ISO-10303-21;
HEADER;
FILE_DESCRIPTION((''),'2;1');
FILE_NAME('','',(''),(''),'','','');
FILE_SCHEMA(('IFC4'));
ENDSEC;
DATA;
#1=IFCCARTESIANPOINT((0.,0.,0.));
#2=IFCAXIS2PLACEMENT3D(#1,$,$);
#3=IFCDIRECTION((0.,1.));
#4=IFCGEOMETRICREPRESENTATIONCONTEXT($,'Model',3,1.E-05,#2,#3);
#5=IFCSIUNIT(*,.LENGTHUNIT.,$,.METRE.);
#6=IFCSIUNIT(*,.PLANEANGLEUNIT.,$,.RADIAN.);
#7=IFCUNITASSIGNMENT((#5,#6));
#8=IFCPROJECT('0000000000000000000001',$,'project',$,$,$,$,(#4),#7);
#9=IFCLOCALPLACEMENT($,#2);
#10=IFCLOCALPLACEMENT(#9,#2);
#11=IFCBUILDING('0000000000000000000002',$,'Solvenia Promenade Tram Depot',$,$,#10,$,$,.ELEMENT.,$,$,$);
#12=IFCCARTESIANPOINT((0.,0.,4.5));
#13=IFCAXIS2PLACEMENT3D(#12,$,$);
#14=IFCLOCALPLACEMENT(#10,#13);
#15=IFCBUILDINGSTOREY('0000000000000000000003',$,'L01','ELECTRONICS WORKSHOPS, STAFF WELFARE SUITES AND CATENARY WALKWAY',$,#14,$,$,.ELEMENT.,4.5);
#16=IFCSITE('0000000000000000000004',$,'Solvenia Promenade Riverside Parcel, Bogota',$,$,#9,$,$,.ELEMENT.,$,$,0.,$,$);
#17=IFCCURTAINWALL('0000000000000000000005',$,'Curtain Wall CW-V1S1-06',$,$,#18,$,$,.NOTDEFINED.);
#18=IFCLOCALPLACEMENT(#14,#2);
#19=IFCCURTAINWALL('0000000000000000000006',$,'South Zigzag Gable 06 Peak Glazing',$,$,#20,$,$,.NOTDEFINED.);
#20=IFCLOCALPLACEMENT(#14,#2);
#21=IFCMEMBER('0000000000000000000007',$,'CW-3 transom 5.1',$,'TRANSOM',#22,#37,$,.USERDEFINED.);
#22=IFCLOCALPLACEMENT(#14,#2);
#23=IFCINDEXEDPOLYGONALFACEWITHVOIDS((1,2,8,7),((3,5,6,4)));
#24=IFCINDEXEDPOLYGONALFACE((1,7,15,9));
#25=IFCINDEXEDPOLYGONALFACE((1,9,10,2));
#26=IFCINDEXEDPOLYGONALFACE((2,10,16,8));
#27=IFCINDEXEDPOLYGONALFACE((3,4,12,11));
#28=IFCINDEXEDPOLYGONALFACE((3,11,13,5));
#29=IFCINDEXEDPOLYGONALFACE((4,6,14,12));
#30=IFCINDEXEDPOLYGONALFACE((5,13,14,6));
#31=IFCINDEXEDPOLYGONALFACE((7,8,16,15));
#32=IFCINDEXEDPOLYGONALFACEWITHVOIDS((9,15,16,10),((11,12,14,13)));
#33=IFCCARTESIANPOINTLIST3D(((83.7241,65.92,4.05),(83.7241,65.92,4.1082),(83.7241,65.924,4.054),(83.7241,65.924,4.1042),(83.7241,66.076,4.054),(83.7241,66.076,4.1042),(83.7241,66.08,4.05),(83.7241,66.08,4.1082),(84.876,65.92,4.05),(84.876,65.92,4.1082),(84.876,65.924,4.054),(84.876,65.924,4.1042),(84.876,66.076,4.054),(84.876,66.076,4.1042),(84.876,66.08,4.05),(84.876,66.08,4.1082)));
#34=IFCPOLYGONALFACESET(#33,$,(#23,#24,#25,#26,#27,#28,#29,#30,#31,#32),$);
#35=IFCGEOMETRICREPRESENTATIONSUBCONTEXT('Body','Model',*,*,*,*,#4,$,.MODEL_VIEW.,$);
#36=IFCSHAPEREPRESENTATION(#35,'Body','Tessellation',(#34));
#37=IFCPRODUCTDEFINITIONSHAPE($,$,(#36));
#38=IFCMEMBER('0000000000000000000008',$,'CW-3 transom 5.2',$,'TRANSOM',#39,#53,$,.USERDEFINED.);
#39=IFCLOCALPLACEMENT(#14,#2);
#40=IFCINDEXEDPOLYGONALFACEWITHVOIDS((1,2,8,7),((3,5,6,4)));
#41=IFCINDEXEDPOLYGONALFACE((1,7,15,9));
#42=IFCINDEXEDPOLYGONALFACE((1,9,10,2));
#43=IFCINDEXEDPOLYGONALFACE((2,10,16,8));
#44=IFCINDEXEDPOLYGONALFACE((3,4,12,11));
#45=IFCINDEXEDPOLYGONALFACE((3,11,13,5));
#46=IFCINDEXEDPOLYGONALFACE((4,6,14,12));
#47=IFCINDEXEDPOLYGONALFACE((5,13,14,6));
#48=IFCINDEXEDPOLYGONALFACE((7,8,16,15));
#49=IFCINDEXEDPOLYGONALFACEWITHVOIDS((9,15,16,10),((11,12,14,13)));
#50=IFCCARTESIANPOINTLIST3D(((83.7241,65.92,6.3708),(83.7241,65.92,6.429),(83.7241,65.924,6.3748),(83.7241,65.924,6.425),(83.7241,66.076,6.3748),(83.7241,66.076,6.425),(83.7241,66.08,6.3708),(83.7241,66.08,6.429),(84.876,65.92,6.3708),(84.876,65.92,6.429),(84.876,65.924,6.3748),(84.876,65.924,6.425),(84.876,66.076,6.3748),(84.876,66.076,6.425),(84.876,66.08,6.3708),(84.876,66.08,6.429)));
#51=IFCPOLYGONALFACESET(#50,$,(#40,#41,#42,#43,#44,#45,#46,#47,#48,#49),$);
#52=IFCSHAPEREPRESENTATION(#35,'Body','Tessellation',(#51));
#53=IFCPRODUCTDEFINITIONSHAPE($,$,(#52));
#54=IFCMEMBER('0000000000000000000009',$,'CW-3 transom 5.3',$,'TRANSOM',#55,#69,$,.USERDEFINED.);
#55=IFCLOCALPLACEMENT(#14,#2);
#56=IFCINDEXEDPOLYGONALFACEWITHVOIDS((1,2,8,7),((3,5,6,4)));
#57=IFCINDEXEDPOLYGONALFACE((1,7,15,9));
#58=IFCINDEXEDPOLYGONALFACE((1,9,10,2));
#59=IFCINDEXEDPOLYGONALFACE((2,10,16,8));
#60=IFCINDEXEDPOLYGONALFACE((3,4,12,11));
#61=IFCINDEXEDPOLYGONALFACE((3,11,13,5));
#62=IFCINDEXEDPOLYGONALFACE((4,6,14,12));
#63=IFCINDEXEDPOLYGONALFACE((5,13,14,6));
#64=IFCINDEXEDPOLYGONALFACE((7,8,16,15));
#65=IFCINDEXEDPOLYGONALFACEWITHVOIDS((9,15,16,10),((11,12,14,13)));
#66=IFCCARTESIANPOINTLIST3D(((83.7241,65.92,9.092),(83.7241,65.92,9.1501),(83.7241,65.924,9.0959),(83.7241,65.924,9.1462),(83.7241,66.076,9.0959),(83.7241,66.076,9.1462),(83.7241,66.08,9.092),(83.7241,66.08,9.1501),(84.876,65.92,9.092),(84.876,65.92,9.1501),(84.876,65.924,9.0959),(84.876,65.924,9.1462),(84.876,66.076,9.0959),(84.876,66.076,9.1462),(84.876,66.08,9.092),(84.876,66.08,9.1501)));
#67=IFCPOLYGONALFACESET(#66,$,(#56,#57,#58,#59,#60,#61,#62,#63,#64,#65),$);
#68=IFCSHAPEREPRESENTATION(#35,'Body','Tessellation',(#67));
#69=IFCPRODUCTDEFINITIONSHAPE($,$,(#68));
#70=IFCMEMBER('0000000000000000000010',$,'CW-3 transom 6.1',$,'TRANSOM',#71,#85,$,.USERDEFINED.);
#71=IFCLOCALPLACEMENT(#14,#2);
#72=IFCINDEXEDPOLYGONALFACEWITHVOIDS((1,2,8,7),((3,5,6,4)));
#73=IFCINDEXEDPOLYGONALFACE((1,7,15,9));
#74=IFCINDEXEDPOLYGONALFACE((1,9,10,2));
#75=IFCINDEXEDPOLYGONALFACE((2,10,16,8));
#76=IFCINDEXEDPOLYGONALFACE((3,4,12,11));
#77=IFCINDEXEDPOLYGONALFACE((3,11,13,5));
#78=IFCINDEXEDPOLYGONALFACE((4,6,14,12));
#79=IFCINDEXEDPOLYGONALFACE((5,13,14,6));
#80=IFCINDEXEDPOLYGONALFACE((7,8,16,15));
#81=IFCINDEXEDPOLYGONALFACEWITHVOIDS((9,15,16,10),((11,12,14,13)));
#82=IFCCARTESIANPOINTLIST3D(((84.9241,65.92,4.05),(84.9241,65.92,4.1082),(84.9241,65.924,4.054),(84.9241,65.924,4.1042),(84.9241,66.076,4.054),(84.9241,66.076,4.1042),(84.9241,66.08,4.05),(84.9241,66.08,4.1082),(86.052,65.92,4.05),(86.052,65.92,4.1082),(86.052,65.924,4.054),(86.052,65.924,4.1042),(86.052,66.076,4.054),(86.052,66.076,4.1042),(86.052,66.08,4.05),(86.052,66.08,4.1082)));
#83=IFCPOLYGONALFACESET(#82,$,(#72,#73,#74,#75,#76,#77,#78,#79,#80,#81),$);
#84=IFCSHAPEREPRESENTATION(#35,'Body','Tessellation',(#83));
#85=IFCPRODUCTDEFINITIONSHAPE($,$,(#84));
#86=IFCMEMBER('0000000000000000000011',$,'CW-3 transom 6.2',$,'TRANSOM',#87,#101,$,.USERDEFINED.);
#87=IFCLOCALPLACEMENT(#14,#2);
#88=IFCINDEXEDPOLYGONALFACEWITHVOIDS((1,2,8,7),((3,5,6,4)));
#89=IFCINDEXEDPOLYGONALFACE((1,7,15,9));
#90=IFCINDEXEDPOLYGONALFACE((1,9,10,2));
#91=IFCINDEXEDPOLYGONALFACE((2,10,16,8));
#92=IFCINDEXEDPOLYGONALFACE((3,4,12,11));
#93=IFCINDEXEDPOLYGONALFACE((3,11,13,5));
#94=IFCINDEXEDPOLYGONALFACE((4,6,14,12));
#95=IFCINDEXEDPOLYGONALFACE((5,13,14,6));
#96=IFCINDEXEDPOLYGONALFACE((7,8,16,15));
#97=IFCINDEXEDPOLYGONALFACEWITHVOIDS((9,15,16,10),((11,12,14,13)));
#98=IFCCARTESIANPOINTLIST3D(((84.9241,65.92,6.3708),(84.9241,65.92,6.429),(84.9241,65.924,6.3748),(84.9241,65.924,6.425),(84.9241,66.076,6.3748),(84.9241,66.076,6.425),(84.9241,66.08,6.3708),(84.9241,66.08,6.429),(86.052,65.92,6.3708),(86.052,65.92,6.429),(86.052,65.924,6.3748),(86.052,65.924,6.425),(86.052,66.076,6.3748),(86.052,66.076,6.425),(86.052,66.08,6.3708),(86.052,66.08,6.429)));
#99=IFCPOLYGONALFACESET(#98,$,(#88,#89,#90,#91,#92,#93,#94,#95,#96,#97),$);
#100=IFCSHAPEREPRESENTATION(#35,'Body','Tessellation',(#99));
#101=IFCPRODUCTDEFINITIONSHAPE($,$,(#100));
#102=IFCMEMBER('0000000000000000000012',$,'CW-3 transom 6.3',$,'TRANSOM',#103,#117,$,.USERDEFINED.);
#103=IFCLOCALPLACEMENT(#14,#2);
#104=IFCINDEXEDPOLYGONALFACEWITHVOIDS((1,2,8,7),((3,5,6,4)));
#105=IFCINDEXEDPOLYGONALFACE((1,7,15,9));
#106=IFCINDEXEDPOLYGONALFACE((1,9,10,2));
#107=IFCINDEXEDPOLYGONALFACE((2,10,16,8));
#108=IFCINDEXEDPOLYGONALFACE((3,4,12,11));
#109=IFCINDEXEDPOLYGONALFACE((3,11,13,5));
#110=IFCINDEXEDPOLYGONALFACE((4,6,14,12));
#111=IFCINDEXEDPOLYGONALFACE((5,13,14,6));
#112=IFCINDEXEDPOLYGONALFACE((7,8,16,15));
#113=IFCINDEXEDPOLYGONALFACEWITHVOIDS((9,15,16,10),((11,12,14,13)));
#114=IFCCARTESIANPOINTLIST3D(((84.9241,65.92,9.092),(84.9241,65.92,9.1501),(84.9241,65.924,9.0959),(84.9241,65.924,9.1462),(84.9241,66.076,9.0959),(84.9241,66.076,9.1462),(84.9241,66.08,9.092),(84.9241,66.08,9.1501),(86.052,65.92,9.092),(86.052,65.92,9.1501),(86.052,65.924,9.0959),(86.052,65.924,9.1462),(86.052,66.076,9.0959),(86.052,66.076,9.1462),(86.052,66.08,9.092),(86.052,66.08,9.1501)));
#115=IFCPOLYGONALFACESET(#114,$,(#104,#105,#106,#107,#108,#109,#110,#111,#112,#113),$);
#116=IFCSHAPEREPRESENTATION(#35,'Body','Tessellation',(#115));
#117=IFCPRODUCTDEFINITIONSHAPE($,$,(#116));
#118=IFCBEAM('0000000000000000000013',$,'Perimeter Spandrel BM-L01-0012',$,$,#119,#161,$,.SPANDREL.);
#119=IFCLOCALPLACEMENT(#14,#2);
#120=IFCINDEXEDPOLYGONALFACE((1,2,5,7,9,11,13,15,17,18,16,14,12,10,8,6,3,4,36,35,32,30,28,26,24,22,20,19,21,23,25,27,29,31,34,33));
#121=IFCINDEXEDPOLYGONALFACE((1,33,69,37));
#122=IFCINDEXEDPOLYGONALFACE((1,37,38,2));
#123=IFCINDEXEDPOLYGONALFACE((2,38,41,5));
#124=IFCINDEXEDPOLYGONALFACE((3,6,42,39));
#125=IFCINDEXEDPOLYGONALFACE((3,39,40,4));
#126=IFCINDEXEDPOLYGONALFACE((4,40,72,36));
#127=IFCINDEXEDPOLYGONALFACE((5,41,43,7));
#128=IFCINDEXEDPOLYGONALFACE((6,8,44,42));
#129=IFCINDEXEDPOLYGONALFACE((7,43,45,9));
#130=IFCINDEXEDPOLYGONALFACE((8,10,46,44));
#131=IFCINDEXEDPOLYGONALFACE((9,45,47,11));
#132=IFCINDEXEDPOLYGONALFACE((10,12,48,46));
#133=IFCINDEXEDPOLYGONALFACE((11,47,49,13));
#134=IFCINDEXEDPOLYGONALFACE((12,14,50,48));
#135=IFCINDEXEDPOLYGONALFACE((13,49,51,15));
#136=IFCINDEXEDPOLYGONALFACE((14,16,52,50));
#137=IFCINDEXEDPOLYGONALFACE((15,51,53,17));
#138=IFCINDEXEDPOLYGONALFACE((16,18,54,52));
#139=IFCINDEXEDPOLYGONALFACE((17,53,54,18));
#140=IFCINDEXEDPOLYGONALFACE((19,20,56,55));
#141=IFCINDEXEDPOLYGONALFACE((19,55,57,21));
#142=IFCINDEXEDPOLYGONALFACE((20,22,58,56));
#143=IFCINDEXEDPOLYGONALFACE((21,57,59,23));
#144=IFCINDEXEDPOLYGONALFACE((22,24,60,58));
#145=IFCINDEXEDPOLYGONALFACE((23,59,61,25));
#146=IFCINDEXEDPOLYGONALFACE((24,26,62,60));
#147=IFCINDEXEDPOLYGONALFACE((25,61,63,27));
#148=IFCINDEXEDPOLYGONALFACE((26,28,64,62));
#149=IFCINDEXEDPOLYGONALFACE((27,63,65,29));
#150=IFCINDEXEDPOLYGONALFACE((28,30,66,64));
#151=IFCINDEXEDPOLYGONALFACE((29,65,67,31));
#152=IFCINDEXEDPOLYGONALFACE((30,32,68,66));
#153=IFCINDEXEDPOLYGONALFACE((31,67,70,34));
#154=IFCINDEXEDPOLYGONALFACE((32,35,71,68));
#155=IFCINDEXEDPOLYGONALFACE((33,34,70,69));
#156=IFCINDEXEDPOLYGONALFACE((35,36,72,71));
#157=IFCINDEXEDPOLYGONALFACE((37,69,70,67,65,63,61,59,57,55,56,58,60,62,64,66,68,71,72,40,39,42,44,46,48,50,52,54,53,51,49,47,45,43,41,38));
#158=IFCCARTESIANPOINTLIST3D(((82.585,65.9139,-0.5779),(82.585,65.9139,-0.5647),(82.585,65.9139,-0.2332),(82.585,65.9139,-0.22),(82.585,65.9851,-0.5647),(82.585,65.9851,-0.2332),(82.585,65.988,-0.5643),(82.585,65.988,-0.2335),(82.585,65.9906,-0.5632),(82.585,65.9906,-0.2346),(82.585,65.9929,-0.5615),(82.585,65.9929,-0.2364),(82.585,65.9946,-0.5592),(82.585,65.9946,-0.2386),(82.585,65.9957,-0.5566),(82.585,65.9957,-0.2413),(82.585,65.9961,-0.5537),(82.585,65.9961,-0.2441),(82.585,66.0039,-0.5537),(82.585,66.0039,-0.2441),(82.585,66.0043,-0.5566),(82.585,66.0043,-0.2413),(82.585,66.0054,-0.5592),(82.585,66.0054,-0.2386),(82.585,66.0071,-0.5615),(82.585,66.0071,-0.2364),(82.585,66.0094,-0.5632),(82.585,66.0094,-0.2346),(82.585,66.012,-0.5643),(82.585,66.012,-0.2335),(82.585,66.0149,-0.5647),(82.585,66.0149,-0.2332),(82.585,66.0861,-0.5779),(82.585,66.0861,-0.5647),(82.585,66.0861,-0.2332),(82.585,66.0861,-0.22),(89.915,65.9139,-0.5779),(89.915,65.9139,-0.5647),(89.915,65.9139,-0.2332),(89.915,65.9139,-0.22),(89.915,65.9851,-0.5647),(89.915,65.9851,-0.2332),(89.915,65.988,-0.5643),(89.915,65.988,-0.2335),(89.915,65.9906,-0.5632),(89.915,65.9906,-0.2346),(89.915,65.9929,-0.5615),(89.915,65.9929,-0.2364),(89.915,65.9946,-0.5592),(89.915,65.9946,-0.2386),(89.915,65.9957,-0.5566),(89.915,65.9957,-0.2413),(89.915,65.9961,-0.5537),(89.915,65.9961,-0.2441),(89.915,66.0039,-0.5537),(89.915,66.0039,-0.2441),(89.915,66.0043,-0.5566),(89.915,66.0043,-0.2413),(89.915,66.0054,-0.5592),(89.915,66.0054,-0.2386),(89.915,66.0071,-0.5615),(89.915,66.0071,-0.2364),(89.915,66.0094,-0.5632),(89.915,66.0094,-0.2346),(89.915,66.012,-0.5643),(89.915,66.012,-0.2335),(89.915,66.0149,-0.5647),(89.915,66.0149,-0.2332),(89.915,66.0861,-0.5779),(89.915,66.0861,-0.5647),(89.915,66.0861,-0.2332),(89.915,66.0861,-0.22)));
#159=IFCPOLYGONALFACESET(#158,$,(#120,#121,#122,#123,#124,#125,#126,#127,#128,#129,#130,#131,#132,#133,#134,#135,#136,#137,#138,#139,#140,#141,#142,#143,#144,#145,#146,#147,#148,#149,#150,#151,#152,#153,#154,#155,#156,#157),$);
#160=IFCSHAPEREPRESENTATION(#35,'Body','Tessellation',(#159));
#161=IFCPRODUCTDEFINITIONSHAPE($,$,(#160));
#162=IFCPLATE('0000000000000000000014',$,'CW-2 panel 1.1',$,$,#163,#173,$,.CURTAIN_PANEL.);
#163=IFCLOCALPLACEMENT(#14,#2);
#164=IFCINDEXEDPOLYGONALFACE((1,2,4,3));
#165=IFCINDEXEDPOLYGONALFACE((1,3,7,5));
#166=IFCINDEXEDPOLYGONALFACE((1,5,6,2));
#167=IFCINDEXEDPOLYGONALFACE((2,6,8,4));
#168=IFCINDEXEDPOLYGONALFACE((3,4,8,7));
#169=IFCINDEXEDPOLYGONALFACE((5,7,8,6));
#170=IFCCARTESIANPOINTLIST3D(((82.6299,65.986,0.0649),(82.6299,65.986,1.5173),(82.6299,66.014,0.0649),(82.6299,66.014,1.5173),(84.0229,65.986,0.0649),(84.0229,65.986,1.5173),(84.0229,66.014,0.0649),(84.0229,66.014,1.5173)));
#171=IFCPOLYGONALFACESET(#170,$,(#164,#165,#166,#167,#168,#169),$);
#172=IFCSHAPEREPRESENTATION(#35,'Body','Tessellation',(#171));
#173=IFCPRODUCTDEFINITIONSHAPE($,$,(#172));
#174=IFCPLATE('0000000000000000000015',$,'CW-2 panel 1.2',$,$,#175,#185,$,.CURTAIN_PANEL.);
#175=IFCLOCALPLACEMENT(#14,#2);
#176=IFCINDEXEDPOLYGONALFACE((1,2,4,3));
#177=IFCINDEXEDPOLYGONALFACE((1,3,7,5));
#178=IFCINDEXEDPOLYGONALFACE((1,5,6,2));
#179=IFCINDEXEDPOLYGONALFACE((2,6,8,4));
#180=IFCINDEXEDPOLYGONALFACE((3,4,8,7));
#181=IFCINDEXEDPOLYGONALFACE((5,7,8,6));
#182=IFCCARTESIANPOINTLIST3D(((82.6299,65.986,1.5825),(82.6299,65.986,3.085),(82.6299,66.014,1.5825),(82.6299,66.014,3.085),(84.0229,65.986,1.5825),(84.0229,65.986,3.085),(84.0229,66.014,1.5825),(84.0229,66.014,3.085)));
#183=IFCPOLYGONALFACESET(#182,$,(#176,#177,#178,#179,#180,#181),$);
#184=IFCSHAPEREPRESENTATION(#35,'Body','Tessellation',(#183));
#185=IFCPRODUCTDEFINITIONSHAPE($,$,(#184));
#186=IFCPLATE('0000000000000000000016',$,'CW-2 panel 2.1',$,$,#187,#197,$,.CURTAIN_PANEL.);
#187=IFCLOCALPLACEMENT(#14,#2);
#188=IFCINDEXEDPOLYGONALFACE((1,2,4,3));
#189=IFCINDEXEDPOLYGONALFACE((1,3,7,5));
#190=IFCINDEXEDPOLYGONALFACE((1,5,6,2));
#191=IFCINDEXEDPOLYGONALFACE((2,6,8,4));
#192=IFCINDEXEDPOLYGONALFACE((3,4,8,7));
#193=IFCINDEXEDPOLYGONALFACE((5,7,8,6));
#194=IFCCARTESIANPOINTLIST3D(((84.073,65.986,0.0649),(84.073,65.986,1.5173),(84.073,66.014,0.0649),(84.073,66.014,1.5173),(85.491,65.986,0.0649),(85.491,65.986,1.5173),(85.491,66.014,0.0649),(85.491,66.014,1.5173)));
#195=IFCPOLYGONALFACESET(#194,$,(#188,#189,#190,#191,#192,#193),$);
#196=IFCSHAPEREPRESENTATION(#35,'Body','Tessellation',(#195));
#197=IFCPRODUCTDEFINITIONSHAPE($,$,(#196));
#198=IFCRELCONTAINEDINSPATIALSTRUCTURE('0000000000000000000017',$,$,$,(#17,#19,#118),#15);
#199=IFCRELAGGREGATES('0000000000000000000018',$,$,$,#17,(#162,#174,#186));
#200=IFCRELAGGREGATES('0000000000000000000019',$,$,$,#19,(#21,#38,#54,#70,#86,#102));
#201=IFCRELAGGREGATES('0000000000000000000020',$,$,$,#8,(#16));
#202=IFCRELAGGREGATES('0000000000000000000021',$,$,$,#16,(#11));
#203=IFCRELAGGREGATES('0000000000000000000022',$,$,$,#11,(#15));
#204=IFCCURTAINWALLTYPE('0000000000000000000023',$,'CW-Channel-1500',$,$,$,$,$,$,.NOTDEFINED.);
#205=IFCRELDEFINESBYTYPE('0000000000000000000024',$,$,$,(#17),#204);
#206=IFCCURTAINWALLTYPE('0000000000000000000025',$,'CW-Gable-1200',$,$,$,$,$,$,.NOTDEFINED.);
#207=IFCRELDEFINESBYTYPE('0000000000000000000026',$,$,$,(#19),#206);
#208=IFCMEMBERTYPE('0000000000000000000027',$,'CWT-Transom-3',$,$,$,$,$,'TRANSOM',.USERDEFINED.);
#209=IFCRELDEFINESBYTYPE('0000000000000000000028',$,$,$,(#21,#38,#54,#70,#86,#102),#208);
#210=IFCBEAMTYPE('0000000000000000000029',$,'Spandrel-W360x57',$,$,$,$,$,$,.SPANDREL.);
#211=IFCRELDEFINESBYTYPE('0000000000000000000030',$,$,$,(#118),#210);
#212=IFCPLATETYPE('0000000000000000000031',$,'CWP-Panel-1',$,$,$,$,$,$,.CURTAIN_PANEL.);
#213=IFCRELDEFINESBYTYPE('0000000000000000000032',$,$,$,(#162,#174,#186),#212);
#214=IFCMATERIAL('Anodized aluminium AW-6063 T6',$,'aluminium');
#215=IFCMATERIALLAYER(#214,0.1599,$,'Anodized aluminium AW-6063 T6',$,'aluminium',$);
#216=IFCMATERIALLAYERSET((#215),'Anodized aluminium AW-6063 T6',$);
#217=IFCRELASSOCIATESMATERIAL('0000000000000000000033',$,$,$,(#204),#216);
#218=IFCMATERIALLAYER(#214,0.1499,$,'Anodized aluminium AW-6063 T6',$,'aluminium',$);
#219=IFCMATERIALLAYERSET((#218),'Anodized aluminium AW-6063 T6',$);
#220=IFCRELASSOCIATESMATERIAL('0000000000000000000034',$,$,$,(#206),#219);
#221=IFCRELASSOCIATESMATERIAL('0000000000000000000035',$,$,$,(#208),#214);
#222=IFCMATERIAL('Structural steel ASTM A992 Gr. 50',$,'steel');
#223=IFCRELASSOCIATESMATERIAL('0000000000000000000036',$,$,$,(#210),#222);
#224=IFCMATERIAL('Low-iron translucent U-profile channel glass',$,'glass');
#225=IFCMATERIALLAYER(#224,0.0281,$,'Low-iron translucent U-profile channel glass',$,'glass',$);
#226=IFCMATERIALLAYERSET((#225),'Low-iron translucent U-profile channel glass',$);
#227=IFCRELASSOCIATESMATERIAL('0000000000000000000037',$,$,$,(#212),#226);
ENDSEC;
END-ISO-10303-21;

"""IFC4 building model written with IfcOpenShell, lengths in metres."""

from ifc_helpers import new_model, si_unit, direction, frame, origin, origin_2d, place, context, subcontext, project, spatial, rectangle, hollow_rectangle, i_section, extrude, material, layer, layer_set, material_profile, profile_set, type_object, element, aggregate, save


model = new_model("IFC4")

# Units and contexts
model_context = context("Model", 3, precision=1e-05, world=origin(), true_north=direction((0.0, 1.0)))
body_context = subcontext(model_context, "Body", "Model", "MODEL_VIEW")
ifc_project = project(units=[si_unit("LENGTHUNIT", "METRE"), si_unit("PLANEANGLEUNIT", "RADIAN")], contexts=[model_context])

# Site, building, storey
site_placement = place(None, origin())
site = spatial("IfcSite", under=ifc_project, at=site_placement, Name="Solvenia Promenade Riverside Parcel, Bogota", CompositionType="ELEMENT", RefElevation=0.0)
building_placement = place(site_placement, origin())
building = spatial("IfcBuilding", under=site, at=building_placement, Name="Solvenia Promenade Tram Depot", CompositionType="ELEMENT")
storey_placement = place(building_placement, frame((0.0, 0.0, 4.5)))
storey = spatial("IfcBuildingStorey", under=building, at=storey_placement, Name="L01", Description="ELECTRONICS WORKSHOPS, STAFF WELFARE SUITES AND CATENARY WALKWAY", CompositionType="ELEMENT", Elevation=4.5)

# Curtain walls
ifc_material_1 = material(Name="Anodized aluminium AW-6063 T6", Category="aluminium")
ifc_layer_1 = layer(ifc_material_1, 0.1599, Name="Anodized aluminium AW-6063 T6", Category="aluminium")
ifc_layer_set_1 = layer_set([ifc_layer_1], Name="Anodized aluminium AW-6063 T6")
curtain_wall_type_1 = type_object("IfcCurtainWallType", Name="CW-Channel-1500", PredefinedType="NOTDEFINED", material=ifc_layer_set_1)
curtain_wall_1_placement = place(storey_placement, origin())
curtain_wall_1 = element("IfcCurtainWall", 1, at=curtain_wall_1_placement, inside=storey, type_object=curtain_wall_type_1, Name="Curtain Wall CW-V1S1-06", PredefinedType="NOTDEFINED")
ifc_layer_2 = layer(ifc_material_1, 0.1499, Name="Anodized aluminium AW-6063 T6", Category="aluminium")
ifc_layer_set_2 = layer_set([ifc_layer_2], Name="Anodized aluminium AW-6063 T6")
curtain_wall_type_2 = type_object("IfcCurtainWallType", Name="CW-Gable-1200", PredefinedType="NOTDEFINED", material=ifc_layer_set_2)
curtain_wall_2_placement = place(storey_placement, origin())
curtain_wall_2 = element("IfcCurtainWall", 2, at=curtain_wall_2_placement, inside=storey, type_object=curtain_wall_type_2, Name="South Zigzag Gable 06 Peak Glazing", PredefinedType="NOTDEFINED")

# Members
ifc_material_profile_1 = material_profile(ifc_material_1, hollow_rectangle(XDim=0.1599, YDim=0.0581, WallThickness=0.0039, at=origin_2d()), Name="ALU-T3", Category="aluminium")
ifc_profile_set_1 = profile_set([ifc_material_profile_1], Name="Anodized aluminium AW-6063 T6")
member_type_1 = type_object("IfcMemberType", Name="CWT-Transom-3", ElementType="TRANSOM", PredefinedType="USERDEFINED", material=ifc_profile_set_1)
member_1_placement = place(storey_placement, frame((83.7241, 66.0, 4.0791), z_axis=(1.0, 0.0, 0.0), x_axis=(0.0, 1.0, 0.0)))
member_1 = element("IfcMember", 3, at=member_1_placement, type_object=member_type_1, Name="CW-3 transom 5.1", ObjectType="TRANSOM", PredefinedType="USERDEFINED", context=body_context, shape_type="SweptSolid", body=[
    extrude(hollow_rectangle(XDim=0.1599, YDim=0.0581, WallThickness=0.0039, at=origin_2d()), origin(), (0.0, 0.0, 1.0), 1.1519),
])
member_2_placement = place(storey_placement, frame((83.7241, 66.0, 6.3999), z_axis=(1.0, 0.0, 0.0), x_axis=(0.0, 1.0, 0.0)))
member_2 = element("IfcMember", 4, at=member_2_placement, type_object=member_type_1, Name="CW-3 transom 5.2", ObjectType="TRANSOM", PredefinedType="USERDEFINED", context=body_context, shape_type="SweptSolid", body=[
    extrude(hollow_rectangle(XDim=0.1599, YDim=0.0581, WallThickness=0.0039, at=origin_2d()), origin(), (0.0, 0.0, 1.0), 1.1519),
])
member_3_placement = place(storey_placement, frame((83.7241, 66.0, 9.1211), z_axis=(1.0, 0.0, 0.0), x_axis=(0.0, 1.0, 0.0)))
member_3 = element("IfcMember", 5, at=member_3_placement, type_object=member_type_1, Name="CW-3 transom 5.3", ObjectType="TRANSOM", PredefinedType="USERDEFINED", context=body_context, shape_type="SweptSolid", body=[
    extrude(hollow_rectangle(XDim=0.1599, YDim=0.0581, WallThickness=0.0039, at=origin_2d()), origin(), (0.0, 0.0, 1.0), 1.1519),
])
member_4_placement = place(storey_placement, frame((84.9241, 66.0, 4.0791), z_axis=(1.0, 0.0, 0.0), x_axis=(0.0, 1.0, 0.0)))
member_4 = element("IfcMember", 6, at=member_4_placement, type_object=member_type_1, Name="CW-3 transom 6.1", ObjectType="TRANSOM", PredefinedType="USERDEFINED", context=body_context, shape_type="SweptSolid", body=[
    extrude(hollow_rectangle(XDim=0.1599, YDim=0.0581, WallThickness=0.0039, at=origin_2d()), origin(), (0.0, 0.0, 1.0), 1.1279),
])
member_5_placement = place(storey_placement, frame((84.9241, 66.0, 6.3999), z_axis=(1.0, 0.0, 0.0), x_axis=(0.0, 1.0, 0.0)))
member_5 = element("IfcMember", 7, at=member_5_placement, type_object=member_type_1, Name="CW-3 transom 6.2", ObjectType="TRANSOM", PredefinedType="USERDEFINED", context=body_context, shape_type="SweptSolid", body=[
    extrude(hollow_rectangle(XDim=0.1599, YDim=0.0581, WallThickness=0.0039, at=origin_2d()), origin(), (0.0, 0.0, 1.0), 1.1279),
])
member_6_placement = place(storey_placement, frame((84.9241, 66.0, 9.1211), z_axis=(1.0, 0.0, 0.0), x_axis=(0.0, 1.0, 0.0)))
member_6 = element("IfcMember", 8, at=member_6_placement, type_object=member_type_1, Name="CW-3 transom 6.3", ObjectType="TRANSOM", PredefinedType="USERDEFINED", context=body_context, shape_type="SweptSolid", body=[
    extrude(hollow_rectangle(XDim=0.1599, YDim=0.0581, WallThickness=0.0039, at=origin_2d()), origin(), (0.0, 0.0, 1.0), 1.1279),
])

# Beam
ifc_material_2 = material(Name="Structural steel ASTM A992 Gr. 50", Category="steel")
ifc_material_profile_2 = material_profile(ifc_material_2, i_section(OverallWidth=0.1721, OverallDepth=0.3579, WebThickness=0.0078, FlangeThickness=0.0132, FilletRadius=0.011, at=origin_2d()), Name="W360x57", Category="steel")
ifc_profile_set_2 = profile_set([ifc_material_profile_2], Name="Structural steel ASTM A992 Gr. 50")
beam_type = type_object("IfcBeamType", Name="Spandrel-W360x57", PredefinedType="SPANDREL", material=ifc_profile_set_2)
beam_placement = place(storey_placement, frame((82.585, 66.0, -0.3989), z_axis=(1.0, 0.0, 0.0), x_axis=(0.0, 1.0, 0.0)))
element("IfcBeam", 9, at=beam_placement, inside=storey, type_object=beam_type, Name="Perimeter Spandrel BM-L01-0012", PredefinedType="SPANDREL", context=body_context, shape_type="SweptSolid", body=[
    extrude(i_section(OverallWidth=0.1721, OverallDepth=0.3579, WebThickness=0.0078, FlangeThickness=0.0132, FilletRadius=0.011, at=origin_2d()), origin(), (0.0, 0.0, 1.0), 7.3301),
])

# Plates
ifc_material_3 = material(Name="Low-iron translucent U-profile channel glass", Category="glass")
ifc_layer_3 = layer(ifc_material_3, 0.0281, Name="Low-iron translucent U-profile channel glass", Category="glass")
ifc_layer_set_3 = layer_set([ifc_layer_3], Name="Low-iron translucent U-profile channel glass")
plate_type = type_object("IfcPlateType", Name="CWP-Panel-1", PredefinedType="CURTAIN_PANEL", material=ifc_layer_set_3)
plate_1_placement = place(storey_placement, frame((83.3264, 66.0, 0.0649), z_axis=(0.0, 0.0, 1.0), x_axis=(1.0, 0.0, 0.0)))
plate_1 = element("IfcPlate", 10, at=plate_1_placement, type_object=plate_type, Name="CW-2 panel 1.1", PredefinedType="CURTAIN_PANEL", context=body_context, shape_type="SweptSolid", body=[
    extrude(rectangle(XDim=1.3931, YDim=0.0281, at=origin_2d()), origin(), (0.0, 0.0, 1.0), 1.4524),
])
plate_2_placement = place(storey_placement, frame((83.3264, 66.0, 1.5825), z_axis=(0.0, 0.0, 1.0), x_axis=(1.0, 0.0, 0.0)))
plate_2 = element("IfcPlate", 11, at=plate_2_placement, type_object=plate_type, Name="CW-2 panel 1.2", PredefinedType="CURTAIN_PANEL", context=body_context, shape_type="SweptSolid", body=[
    extrude(rectangle(XDim=1.3931, YDim=0.0281, at=origin_2d()), origin(), (0.0, 0.0, 1.0), 1.5024),
])
plate_3_placement = place(storey_placement, frame((84.782, 66.0, 0.0649), z_axis=(0.0, 0.0, 1.0), x_axis=(1.0, 0.0, 0.0)))
plate_3 = element("IfcPlate", 12, at=plate_3_placement, type_object=plate_type, Name="CW-2 panel 2.1", PredefinedType="CURTAIN_PANEL", context=body_context, shape_type="SweptSolid", body=[
    extrude(rectangle(XDim=1.418, YDim=0.0281, at=origin_2d()), origin(), (0.0, 0.0, 1.0), 1.4524),
])
aggregate(curtain_wall_1, [plate_1, plate_2, plate_3])
aggregate(curtain_wall_2, [member_1, member_2, member_3, member_4, member_5, member_6])

save(model, "model.ifc")
